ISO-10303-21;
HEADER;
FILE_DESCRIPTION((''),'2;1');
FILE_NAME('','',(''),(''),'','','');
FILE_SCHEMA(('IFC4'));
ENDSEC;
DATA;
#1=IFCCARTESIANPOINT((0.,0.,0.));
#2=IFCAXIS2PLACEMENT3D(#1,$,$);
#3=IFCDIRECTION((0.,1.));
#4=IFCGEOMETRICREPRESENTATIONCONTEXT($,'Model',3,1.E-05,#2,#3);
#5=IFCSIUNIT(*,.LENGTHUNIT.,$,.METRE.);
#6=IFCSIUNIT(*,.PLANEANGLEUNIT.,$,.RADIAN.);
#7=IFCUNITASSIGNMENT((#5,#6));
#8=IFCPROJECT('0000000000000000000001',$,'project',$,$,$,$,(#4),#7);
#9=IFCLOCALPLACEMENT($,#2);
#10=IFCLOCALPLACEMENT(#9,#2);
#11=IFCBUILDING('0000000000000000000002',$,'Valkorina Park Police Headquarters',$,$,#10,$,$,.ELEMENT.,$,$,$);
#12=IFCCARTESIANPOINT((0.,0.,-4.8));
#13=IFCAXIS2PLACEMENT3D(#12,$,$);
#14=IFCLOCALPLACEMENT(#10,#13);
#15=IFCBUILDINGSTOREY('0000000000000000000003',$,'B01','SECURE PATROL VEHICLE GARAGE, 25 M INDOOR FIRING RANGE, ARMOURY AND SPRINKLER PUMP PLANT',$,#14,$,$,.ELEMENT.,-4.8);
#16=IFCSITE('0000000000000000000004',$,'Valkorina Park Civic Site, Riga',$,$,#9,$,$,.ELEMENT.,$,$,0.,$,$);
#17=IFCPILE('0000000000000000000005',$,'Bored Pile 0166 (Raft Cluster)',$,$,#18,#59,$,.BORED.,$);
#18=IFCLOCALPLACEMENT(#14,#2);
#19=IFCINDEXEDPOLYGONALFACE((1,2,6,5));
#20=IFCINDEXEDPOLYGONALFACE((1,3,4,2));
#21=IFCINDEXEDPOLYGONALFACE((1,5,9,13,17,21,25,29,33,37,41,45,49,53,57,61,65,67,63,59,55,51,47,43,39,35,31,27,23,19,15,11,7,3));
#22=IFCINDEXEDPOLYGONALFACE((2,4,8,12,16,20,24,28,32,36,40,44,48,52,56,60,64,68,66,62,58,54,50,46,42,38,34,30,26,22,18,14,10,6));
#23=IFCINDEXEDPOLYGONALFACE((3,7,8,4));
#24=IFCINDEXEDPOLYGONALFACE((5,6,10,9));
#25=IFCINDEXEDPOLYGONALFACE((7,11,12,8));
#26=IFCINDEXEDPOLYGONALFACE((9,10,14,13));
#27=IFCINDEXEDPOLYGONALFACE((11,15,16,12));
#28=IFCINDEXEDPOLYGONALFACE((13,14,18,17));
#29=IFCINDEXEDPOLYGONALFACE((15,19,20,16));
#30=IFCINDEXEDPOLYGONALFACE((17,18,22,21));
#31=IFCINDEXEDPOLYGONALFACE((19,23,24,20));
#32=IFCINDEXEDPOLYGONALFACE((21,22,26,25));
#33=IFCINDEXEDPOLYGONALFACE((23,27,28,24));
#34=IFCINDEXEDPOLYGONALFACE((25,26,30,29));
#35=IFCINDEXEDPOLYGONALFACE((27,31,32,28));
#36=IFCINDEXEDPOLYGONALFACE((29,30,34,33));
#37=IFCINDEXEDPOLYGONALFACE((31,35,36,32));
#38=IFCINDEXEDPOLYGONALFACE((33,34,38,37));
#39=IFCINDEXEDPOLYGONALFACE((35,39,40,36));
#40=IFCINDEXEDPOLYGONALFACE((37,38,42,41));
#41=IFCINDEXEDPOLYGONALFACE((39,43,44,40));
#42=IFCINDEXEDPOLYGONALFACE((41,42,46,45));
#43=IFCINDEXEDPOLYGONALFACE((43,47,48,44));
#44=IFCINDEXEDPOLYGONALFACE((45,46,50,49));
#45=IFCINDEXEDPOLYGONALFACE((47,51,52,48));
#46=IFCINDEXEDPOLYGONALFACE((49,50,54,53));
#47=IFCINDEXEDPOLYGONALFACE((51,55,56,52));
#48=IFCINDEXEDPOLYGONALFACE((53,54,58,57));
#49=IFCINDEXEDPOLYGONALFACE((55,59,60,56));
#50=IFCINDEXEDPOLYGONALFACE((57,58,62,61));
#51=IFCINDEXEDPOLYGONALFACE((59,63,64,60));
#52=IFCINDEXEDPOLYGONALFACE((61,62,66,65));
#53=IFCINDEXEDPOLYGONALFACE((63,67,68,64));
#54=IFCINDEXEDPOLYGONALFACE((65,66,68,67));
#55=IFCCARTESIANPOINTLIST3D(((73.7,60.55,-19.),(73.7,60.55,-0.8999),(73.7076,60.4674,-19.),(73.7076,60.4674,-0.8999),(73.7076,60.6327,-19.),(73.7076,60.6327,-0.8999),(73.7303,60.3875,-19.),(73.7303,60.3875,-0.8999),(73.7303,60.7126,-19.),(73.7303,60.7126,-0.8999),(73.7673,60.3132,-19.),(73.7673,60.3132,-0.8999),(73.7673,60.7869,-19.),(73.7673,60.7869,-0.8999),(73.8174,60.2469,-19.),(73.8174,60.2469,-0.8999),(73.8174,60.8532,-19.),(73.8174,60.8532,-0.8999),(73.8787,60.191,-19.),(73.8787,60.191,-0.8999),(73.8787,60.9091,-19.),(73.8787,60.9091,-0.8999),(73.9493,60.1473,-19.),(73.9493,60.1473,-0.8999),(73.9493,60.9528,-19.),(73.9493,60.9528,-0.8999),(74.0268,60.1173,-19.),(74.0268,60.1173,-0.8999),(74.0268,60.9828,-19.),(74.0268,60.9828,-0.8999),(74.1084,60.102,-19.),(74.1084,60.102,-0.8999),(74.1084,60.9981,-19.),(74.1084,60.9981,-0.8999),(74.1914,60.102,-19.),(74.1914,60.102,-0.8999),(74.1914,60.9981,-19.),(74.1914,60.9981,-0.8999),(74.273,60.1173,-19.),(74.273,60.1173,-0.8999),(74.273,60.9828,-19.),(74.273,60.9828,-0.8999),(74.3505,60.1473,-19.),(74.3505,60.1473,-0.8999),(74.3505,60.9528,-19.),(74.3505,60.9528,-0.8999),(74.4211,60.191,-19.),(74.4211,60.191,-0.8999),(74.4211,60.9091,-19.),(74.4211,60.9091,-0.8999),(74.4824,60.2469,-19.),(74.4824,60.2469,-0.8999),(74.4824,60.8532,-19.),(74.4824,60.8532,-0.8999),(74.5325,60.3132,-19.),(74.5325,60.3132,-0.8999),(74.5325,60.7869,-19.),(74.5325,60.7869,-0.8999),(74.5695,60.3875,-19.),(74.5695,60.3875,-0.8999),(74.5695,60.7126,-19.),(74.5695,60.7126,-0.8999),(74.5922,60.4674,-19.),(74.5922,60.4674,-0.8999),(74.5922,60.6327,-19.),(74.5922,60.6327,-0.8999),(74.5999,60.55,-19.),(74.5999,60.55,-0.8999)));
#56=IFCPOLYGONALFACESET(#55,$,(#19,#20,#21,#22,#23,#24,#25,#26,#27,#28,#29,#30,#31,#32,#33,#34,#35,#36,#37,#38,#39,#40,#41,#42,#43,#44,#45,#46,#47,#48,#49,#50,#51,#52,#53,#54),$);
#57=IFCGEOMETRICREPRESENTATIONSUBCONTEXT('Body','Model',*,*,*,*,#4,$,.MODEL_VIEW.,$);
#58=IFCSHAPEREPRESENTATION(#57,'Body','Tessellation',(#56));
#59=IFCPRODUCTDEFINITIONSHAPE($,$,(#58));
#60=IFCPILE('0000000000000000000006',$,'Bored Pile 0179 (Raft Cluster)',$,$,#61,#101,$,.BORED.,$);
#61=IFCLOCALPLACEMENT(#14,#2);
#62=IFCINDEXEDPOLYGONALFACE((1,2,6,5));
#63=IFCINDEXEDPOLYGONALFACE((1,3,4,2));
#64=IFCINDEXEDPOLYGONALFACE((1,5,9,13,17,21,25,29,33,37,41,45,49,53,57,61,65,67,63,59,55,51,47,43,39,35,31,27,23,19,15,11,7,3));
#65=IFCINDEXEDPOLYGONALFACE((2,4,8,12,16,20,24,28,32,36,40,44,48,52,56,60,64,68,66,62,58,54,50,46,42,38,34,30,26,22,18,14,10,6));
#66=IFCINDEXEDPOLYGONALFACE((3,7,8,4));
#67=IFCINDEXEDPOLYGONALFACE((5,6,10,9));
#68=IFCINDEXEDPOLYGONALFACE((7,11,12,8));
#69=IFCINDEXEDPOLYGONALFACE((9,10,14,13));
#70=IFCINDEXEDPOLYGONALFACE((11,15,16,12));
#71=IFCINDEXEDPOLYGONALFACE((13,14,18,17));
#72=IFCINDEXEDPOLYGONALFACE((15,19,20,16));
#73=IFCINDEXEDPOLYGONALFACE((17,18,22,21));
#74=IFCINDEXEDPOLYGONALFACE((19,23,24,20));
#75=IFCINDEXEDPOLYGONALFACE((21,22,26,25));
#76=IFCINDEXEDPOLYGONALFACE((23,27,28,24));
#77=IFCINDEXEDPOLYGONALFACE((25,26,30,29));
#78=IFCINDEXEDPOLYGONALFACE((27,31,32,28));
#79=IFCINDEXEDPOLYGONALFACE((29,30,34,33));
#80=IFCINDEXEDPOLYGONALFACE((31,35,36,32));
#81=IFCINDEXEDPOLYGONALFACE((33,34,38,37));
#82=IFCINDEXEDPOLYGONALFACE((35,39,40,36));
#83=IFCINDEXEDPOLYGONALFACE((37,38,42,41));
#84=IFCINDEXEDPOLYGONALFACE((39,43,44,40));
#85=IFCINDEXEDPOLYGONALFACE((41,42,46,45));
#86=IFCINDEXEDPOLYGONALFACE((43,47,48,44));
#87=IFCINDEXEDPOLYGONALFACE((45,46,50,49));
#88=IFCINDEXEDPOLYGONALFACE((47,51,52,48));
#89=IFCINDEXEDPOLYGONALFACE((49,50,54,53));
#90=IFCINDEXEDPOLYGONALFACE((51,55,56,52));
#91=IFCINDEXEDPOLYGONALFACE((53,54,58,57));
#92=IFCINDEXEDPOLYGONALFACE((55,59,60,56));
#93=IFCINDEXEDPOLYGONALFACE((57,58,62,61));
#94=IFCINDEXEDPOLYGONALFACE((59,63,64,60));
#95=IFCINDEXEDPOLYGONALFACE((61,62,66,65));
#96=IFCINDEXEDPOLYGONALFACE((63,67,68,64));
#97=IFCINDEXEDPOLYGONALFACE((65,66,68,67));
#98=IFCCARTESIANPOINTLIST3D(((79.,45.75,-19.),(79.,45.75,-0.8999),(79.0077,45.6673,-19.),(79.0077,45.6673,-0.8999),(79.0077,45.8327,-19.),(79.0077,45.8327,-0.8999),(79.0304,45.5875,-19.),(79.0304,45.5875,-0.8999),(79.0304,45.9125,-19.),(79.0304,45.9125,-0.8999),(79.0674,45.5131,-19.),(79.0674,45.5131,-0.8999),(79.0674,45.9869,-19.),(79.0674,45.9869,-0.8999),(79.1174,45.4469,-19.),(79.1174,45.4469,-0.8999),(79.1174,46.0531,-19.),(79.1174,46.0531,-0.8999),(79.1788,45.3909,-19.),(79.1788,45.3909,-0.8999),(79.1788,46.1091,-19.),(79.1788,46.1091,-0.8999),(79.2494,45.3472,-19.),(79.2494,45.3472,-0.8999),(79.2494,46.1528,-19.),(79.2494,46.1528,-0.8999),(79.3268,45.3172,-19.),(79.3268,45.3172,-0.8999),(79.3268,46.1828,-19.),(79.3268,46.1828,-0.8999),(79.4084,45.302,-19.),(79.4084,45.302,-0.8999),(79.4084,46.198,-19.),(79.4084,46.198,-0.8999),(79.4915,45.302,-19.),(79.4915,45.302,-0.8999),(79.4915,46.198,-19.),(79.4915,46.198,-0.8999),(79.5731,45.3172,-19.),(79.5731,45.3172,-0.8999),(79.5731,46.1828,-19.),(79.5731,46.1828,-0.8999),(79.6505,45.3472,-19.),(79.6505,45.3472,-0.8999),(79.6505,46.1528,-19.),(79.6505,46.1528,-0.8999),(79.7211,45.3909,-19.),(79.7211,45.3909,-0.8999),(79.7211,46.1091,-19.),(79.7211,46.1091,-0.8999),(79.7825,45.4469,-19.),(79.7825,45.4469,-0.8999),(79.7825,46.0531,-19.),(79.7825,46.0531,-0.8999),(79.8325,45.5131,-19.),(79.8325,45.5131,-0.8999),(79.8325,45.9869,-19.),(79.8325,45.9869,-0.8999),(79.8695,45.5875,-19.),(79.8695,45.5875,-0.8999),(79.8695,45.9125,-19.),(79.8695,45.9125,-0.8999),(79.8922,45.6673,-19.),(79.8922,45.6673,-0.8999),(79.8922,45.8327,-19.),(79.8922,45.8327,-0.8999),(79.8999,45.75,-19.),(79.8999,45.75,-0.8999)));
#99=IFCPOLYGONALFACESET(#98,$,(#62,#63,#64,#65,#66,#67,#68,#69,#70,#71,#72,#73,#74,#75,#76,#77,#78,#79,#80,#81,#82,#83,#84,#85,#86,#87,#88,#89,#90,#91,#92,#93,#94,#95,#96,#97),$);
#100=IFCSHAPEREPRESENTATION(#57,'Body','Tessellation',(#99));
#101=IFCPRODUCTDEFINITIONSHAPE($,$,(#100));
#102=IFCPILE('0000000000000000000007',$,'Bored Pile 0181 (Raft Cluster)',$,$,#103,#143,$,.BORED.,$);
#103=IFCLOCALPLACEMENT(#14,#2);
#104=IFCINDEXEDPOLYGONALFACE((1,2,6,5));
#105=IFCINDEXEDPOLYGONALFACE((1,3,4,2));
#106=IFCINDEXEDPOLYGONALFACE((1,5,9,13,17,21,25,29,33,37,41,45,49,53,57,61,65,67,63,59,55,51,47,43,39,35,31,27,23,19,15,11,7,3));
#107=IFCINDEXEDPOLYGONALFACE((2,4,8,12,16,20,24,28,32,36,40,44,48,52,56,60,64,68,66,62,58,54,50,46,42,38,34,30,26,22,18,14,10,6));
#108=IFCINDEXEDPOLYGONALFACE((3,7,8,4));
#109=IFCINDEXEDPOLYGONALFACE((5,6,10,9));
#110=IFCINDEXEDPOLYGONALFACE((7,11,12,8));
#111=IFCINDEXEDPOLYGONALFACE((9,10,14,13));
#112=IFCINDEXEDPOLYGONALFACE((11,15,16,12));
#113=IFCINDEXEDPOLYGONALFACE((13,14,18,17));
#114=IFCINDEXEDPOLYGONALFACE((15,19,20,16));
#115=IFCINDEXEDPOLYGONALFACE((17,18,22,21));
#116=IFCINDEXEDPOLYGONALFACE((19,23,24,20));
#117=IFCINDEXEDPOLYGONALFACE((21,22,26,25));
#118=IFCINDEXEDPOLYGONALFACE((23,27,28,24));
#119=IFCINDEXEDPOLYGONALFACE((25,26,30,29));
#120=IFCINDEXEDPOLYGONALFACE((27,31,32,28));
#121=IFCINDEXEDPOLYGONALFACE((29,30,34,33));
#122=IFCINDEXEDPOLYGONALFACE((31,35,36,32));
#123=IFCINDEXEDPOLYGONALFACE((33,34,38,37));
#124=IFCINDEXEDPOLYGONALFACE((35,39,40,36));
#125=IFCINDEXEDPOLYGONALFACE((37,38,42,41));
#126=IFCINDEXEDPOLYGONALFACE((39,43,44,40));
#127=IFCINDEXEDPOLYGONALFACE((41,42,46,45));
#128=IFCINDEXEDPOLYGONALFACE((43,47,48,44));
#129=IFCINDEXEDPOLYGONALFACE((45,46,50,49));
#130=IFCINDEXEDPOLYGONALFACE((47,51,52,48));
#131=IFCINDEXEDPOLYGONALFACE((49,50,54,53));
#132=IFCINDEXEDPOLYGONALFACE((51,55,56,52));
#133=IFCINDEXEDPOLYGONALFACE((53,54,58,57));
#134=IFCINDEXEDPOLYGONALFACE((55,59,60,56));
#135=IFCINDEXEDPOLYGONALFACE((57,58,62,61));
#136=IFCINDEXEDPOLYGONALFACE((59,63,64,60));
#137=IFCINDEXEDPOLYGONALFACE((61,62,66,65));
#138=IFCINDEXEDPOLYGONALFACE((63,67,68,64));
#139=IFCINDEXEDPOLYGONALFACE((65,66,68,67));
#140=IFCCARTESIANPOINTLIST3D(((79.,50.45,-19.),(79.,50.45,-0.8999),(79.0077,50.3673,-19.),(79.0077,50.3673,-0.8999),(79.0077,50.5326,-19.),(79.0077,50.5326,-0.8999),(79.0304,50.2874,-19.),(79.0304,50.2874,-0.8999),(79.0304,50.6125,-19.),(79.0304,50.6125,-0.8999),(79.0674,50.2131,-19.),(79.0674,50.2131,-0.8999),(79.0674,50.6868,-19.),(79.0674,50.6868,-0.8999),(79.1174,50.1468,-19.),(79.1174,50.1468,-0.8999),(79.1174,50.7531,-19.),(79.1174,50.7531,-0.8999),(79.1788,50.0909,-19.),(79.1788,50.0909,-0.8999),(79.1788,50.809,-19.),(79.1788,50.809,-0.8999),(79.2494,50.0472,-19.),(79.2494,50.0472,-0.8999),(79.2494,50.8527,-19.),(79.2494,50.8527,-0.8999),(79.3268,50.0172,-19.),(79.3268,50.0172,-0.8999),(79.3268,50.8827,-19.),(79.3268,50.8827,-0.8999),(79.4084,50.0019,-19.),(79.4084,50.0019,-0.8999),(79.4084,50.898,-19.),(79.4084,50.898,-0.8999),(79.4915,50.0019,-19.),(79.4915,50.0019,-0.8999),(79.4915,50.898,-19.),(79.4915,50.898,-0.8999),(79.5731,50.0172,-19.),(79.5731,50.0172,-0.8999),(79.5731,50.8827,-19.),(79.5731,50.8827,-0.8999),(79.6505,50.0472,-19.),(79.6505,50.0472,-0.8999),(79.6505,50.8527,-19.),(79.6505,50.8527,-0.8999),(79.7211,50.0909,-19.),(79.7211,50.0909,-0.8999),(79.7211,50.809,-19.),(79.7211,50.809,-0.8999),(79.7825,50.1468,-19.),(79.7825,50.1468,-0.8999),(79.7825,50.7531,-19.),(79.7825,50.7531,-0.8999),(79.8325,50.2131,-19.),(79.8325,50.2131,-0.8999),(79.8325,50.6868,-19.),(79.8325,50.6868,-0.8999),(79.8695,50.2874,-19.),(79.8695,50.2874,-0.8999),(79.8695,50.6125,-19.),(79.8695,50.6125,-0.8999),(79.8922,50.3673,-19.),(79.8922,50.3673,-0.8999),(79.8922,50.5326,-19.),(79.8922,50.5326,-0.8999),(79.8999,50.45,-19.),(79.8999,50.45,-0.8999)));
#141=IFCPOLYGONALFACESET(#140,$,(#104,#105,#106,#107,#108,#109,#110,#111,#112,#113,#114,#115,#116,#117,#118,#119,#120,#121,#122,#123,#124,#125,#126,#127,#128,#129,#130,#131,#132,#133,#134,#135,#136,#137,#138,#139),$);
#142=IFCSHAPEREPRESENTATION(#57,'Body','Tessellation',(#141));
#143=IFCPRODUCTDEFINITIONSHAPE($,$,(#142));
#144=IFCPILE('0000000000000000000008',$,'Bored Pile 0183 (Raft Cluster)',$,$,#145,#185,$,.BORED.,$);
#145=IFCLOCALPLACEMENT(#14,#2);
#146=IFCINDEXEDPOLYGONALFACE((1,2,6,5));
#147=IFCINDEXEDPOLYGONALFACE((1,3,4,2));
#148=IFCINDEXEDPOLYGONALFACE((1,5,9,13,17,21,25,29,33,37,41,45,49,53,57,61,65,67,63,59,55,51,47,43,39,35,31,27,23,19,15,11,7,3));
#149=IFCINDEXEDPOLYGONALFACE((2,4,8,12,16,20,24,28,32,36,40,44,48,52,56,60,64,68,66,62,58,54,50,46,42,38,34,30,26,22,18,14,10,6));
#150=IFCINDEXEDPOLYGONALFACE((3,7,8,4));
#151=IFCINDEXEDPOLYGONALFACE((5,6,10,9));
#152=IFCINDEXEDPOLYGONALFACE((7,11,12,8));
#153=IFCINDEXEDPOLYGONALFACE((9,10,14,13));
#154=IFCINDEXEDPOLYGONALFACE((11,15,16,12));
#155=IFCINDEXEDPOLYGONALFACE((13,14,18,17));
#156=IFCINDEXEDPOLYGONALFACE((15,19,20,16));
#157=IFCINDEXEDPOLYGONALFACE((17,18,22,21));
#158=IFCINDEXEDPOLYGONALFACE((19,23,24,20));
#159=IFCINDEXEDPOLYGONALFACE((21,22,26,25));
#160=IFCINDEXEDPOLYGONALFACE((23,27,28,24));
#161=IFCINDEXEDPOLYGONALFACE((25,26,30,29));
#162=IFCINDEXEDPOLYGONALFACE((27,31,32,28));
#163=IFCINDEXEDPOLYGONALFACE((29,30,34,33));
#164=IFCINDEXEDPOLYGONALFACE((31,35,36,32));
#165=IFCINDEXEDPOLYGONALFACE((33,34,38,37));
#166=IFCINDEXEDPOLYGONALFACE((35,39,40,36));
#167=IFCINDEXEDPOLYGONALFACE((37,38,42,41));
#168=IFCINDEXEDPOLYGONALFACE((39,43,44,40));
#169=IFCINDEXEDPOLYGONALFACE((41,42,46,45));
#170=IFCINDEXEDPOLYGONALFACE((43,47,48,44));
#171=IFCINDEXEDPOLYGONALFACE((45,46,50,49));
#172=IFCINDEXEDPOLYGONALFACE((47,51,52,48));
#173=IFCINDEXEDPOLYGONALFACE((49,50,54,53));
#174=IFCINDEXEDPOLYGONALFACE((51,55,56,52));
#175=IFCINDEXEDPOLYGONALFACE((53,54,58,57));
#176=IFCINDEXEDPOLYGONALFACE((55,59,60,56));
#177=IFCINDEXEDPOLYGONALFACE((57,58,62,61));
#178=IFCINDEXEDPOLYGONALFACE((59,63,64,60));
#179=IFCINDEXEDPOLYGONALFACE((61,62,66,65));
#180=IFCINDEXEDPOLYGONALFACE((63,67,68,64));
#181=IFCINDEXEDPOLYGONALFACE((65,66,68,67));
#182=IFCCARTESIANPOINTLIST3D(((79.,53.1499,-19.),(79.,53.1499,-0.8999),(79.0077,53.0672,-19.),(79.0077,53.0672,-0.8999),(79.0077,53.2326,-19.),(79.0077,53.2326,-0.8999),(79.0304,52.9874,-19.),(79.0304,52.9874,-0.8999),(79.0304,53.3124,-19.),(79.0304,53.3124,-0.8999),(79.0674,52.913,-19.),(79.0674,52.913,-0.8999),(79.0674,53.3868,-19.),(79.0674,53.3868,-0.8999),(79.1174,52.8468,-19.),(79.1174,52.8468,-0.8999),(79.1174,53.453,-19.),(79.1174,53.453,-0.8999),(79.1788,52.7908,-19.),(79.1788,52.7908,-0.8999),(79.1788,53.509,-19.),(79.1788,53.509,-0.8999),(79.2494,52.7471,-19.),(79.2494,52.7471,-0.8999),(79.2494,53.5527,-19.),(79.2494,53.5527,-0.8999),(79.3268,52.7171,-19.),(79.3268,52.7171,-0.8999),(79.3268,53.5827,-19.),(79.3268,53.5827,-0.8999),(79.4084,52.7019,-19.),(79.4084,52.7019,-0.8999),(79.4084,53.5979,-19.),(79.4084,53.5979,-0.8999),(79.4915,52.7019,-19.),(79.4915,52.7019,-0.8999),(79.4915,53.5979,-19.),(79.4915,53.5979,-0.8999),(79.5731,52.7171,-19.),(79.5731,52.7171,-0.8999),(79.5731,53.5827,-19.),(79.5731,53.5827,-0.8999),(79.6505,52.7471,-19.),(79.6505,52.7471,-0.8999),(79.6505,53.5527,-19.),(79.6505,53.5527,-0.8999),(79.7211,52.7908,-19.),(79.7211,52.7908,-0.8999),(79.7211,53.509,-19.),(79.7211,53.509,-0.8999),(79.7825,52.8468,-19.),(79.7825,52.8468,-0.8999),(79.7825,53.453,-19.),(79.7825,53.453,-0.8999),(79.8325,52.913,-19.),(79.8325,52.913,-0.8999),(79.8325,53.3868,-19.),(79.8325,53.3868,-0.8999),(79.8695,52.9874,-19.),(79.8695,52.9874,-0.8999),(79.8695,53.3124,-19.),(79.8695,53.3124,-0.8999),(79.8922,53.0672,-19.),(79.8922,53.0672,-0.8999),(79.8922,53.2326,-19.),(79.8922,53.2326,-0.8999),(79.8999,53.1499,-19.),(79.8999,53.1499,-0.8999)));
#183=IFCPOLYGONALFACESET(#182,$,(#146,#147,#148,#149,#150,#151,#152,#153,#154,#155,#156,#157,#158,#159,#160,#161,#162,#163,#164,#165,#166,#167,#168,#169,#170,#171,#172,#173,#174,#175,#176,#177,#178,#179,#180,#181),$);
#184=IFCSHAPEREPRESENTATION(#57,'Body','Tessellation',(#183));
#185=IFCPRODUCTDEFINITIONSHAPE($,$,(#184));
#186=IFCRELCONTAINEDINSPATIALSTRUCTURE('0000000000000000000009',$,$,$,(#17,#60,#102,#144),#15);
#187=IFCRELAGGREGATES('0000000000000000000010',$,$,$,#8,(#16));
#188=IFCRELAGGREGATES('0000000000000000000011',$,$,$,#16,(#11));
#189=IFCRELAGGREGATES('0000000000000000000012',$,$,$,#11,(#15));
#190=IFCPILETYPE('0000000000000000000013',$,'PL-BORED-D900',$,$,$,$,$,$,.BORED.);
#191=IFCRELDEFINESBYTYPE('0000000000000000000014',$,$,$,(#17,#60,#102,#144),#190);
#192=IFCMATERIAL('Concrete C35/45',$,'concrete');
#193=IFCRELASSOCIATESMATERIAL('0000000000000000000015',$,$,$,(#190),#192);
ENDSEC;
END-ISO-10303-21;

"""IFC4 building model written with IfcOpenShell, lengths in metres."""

from ifc_helpers import new_model, si_unit, direction, frame, origin, origin_2d, place, context, subcontext, project, spatial, circle, extrude, material, material_profile, profile_set, type_object, element, save


model = new_model("IFC4")

# Units and contexts
model_context = context("Model", 3, precision=1e-05, world=origin(), true_north=direction((0.0, 1.0)))
body_context = subcontext(model_context, "Body", "Model", "MODEL_VIEW")
ifc_project = project(units=[si_unit("LENGTHUNIT", "METRE"), si_unit("PLANEANGLEUNIT", "RADIAN")], contexts=[model_context])

# Site, building, storey
site_placement = place(None, origin())
site = spatial("IfcSite", under=ifc_project, at=site_placement, Name="Valkorina Park Civic Site, Riga", CompositionType="ELEMENT", RefElevation=0.0)
building_placement = place(site_placement, origin())
building = spatial("IfcBuilding", under=site, at=building_placement, Name="Valkorina Park Police Headquarters", CompositionType="ELEMENT")
storey_placement = place(building_placement, frame((0.0, 0.0, -4.8)))
storey = spatial("IfcBuildingStorey", under=building, at=storey_placement, Name="B01", Description="SECURE PATROL VEHICLE GARAGE, 25 M INDOOR FIRING RANGE, ARMOURY AND SPRINKLER PUMP PLANT", CompositionType="ELEMENT", Elevation=-4.8)

# Piles
ifc_material_1 = material(Name="Concrete C35/45", Category="concrete")
ifc_material_profile_1 = material_profile(ifc_material_1, circle(Radius=0.45, at=origin_2d()), Name="BORED PILE D900")
ifc_profile_set_1 = profile_set([ifc_material_profile_1], Name="Concrete C35/45")
pile_type = type_object("IfcPileType", Name="PL-BORED-D900", PredefinedType="BORED", material=ifc_profile_set_1)
for number, where, z_axis, x_axis, name in (
    (1, (74.1499, 60.55, -0.8999), (0.0, 0.0, -1.0), (1.0, 0.0, 0.0), "Bored Pile 0166 (Raft Cluster)"),
    (2, (79.45, 45.75, -0.8999), (0.0, 0.0, -1.0), (1.0, 0.0, 0.0), "Bored Pile 0179 (Raft Cluster)"),
    (3, (79.45, 50.45, -0.8999), (0.0, 0.0, -1.0), (1.0, 0.0, 0.0), "Bored Pile 0181 (Raft Cluster)"),
    (4, (79.45, 53.1499, -0.8999), (0.0, 0.0, -1.0), (1.0, 0.0, 0.0), "Bored Pile 0183 (Raft Cluster)"),
):
    element("IfcPile", number, at=place(storey_placement, frame(where, z_axis=z_axis, x_axis=x_axis)), inside=storey, type_object=pile_type, Name=name, PredefinedType="BORED", context=body_context, shape_type="SweptSolid", body=[
        extrude(circle(Radius=0.45, at=origin_2d()), origin(), (0.0, 0.0, 1.0), 18.1001),
    ])

save(model, "model.ifc")
